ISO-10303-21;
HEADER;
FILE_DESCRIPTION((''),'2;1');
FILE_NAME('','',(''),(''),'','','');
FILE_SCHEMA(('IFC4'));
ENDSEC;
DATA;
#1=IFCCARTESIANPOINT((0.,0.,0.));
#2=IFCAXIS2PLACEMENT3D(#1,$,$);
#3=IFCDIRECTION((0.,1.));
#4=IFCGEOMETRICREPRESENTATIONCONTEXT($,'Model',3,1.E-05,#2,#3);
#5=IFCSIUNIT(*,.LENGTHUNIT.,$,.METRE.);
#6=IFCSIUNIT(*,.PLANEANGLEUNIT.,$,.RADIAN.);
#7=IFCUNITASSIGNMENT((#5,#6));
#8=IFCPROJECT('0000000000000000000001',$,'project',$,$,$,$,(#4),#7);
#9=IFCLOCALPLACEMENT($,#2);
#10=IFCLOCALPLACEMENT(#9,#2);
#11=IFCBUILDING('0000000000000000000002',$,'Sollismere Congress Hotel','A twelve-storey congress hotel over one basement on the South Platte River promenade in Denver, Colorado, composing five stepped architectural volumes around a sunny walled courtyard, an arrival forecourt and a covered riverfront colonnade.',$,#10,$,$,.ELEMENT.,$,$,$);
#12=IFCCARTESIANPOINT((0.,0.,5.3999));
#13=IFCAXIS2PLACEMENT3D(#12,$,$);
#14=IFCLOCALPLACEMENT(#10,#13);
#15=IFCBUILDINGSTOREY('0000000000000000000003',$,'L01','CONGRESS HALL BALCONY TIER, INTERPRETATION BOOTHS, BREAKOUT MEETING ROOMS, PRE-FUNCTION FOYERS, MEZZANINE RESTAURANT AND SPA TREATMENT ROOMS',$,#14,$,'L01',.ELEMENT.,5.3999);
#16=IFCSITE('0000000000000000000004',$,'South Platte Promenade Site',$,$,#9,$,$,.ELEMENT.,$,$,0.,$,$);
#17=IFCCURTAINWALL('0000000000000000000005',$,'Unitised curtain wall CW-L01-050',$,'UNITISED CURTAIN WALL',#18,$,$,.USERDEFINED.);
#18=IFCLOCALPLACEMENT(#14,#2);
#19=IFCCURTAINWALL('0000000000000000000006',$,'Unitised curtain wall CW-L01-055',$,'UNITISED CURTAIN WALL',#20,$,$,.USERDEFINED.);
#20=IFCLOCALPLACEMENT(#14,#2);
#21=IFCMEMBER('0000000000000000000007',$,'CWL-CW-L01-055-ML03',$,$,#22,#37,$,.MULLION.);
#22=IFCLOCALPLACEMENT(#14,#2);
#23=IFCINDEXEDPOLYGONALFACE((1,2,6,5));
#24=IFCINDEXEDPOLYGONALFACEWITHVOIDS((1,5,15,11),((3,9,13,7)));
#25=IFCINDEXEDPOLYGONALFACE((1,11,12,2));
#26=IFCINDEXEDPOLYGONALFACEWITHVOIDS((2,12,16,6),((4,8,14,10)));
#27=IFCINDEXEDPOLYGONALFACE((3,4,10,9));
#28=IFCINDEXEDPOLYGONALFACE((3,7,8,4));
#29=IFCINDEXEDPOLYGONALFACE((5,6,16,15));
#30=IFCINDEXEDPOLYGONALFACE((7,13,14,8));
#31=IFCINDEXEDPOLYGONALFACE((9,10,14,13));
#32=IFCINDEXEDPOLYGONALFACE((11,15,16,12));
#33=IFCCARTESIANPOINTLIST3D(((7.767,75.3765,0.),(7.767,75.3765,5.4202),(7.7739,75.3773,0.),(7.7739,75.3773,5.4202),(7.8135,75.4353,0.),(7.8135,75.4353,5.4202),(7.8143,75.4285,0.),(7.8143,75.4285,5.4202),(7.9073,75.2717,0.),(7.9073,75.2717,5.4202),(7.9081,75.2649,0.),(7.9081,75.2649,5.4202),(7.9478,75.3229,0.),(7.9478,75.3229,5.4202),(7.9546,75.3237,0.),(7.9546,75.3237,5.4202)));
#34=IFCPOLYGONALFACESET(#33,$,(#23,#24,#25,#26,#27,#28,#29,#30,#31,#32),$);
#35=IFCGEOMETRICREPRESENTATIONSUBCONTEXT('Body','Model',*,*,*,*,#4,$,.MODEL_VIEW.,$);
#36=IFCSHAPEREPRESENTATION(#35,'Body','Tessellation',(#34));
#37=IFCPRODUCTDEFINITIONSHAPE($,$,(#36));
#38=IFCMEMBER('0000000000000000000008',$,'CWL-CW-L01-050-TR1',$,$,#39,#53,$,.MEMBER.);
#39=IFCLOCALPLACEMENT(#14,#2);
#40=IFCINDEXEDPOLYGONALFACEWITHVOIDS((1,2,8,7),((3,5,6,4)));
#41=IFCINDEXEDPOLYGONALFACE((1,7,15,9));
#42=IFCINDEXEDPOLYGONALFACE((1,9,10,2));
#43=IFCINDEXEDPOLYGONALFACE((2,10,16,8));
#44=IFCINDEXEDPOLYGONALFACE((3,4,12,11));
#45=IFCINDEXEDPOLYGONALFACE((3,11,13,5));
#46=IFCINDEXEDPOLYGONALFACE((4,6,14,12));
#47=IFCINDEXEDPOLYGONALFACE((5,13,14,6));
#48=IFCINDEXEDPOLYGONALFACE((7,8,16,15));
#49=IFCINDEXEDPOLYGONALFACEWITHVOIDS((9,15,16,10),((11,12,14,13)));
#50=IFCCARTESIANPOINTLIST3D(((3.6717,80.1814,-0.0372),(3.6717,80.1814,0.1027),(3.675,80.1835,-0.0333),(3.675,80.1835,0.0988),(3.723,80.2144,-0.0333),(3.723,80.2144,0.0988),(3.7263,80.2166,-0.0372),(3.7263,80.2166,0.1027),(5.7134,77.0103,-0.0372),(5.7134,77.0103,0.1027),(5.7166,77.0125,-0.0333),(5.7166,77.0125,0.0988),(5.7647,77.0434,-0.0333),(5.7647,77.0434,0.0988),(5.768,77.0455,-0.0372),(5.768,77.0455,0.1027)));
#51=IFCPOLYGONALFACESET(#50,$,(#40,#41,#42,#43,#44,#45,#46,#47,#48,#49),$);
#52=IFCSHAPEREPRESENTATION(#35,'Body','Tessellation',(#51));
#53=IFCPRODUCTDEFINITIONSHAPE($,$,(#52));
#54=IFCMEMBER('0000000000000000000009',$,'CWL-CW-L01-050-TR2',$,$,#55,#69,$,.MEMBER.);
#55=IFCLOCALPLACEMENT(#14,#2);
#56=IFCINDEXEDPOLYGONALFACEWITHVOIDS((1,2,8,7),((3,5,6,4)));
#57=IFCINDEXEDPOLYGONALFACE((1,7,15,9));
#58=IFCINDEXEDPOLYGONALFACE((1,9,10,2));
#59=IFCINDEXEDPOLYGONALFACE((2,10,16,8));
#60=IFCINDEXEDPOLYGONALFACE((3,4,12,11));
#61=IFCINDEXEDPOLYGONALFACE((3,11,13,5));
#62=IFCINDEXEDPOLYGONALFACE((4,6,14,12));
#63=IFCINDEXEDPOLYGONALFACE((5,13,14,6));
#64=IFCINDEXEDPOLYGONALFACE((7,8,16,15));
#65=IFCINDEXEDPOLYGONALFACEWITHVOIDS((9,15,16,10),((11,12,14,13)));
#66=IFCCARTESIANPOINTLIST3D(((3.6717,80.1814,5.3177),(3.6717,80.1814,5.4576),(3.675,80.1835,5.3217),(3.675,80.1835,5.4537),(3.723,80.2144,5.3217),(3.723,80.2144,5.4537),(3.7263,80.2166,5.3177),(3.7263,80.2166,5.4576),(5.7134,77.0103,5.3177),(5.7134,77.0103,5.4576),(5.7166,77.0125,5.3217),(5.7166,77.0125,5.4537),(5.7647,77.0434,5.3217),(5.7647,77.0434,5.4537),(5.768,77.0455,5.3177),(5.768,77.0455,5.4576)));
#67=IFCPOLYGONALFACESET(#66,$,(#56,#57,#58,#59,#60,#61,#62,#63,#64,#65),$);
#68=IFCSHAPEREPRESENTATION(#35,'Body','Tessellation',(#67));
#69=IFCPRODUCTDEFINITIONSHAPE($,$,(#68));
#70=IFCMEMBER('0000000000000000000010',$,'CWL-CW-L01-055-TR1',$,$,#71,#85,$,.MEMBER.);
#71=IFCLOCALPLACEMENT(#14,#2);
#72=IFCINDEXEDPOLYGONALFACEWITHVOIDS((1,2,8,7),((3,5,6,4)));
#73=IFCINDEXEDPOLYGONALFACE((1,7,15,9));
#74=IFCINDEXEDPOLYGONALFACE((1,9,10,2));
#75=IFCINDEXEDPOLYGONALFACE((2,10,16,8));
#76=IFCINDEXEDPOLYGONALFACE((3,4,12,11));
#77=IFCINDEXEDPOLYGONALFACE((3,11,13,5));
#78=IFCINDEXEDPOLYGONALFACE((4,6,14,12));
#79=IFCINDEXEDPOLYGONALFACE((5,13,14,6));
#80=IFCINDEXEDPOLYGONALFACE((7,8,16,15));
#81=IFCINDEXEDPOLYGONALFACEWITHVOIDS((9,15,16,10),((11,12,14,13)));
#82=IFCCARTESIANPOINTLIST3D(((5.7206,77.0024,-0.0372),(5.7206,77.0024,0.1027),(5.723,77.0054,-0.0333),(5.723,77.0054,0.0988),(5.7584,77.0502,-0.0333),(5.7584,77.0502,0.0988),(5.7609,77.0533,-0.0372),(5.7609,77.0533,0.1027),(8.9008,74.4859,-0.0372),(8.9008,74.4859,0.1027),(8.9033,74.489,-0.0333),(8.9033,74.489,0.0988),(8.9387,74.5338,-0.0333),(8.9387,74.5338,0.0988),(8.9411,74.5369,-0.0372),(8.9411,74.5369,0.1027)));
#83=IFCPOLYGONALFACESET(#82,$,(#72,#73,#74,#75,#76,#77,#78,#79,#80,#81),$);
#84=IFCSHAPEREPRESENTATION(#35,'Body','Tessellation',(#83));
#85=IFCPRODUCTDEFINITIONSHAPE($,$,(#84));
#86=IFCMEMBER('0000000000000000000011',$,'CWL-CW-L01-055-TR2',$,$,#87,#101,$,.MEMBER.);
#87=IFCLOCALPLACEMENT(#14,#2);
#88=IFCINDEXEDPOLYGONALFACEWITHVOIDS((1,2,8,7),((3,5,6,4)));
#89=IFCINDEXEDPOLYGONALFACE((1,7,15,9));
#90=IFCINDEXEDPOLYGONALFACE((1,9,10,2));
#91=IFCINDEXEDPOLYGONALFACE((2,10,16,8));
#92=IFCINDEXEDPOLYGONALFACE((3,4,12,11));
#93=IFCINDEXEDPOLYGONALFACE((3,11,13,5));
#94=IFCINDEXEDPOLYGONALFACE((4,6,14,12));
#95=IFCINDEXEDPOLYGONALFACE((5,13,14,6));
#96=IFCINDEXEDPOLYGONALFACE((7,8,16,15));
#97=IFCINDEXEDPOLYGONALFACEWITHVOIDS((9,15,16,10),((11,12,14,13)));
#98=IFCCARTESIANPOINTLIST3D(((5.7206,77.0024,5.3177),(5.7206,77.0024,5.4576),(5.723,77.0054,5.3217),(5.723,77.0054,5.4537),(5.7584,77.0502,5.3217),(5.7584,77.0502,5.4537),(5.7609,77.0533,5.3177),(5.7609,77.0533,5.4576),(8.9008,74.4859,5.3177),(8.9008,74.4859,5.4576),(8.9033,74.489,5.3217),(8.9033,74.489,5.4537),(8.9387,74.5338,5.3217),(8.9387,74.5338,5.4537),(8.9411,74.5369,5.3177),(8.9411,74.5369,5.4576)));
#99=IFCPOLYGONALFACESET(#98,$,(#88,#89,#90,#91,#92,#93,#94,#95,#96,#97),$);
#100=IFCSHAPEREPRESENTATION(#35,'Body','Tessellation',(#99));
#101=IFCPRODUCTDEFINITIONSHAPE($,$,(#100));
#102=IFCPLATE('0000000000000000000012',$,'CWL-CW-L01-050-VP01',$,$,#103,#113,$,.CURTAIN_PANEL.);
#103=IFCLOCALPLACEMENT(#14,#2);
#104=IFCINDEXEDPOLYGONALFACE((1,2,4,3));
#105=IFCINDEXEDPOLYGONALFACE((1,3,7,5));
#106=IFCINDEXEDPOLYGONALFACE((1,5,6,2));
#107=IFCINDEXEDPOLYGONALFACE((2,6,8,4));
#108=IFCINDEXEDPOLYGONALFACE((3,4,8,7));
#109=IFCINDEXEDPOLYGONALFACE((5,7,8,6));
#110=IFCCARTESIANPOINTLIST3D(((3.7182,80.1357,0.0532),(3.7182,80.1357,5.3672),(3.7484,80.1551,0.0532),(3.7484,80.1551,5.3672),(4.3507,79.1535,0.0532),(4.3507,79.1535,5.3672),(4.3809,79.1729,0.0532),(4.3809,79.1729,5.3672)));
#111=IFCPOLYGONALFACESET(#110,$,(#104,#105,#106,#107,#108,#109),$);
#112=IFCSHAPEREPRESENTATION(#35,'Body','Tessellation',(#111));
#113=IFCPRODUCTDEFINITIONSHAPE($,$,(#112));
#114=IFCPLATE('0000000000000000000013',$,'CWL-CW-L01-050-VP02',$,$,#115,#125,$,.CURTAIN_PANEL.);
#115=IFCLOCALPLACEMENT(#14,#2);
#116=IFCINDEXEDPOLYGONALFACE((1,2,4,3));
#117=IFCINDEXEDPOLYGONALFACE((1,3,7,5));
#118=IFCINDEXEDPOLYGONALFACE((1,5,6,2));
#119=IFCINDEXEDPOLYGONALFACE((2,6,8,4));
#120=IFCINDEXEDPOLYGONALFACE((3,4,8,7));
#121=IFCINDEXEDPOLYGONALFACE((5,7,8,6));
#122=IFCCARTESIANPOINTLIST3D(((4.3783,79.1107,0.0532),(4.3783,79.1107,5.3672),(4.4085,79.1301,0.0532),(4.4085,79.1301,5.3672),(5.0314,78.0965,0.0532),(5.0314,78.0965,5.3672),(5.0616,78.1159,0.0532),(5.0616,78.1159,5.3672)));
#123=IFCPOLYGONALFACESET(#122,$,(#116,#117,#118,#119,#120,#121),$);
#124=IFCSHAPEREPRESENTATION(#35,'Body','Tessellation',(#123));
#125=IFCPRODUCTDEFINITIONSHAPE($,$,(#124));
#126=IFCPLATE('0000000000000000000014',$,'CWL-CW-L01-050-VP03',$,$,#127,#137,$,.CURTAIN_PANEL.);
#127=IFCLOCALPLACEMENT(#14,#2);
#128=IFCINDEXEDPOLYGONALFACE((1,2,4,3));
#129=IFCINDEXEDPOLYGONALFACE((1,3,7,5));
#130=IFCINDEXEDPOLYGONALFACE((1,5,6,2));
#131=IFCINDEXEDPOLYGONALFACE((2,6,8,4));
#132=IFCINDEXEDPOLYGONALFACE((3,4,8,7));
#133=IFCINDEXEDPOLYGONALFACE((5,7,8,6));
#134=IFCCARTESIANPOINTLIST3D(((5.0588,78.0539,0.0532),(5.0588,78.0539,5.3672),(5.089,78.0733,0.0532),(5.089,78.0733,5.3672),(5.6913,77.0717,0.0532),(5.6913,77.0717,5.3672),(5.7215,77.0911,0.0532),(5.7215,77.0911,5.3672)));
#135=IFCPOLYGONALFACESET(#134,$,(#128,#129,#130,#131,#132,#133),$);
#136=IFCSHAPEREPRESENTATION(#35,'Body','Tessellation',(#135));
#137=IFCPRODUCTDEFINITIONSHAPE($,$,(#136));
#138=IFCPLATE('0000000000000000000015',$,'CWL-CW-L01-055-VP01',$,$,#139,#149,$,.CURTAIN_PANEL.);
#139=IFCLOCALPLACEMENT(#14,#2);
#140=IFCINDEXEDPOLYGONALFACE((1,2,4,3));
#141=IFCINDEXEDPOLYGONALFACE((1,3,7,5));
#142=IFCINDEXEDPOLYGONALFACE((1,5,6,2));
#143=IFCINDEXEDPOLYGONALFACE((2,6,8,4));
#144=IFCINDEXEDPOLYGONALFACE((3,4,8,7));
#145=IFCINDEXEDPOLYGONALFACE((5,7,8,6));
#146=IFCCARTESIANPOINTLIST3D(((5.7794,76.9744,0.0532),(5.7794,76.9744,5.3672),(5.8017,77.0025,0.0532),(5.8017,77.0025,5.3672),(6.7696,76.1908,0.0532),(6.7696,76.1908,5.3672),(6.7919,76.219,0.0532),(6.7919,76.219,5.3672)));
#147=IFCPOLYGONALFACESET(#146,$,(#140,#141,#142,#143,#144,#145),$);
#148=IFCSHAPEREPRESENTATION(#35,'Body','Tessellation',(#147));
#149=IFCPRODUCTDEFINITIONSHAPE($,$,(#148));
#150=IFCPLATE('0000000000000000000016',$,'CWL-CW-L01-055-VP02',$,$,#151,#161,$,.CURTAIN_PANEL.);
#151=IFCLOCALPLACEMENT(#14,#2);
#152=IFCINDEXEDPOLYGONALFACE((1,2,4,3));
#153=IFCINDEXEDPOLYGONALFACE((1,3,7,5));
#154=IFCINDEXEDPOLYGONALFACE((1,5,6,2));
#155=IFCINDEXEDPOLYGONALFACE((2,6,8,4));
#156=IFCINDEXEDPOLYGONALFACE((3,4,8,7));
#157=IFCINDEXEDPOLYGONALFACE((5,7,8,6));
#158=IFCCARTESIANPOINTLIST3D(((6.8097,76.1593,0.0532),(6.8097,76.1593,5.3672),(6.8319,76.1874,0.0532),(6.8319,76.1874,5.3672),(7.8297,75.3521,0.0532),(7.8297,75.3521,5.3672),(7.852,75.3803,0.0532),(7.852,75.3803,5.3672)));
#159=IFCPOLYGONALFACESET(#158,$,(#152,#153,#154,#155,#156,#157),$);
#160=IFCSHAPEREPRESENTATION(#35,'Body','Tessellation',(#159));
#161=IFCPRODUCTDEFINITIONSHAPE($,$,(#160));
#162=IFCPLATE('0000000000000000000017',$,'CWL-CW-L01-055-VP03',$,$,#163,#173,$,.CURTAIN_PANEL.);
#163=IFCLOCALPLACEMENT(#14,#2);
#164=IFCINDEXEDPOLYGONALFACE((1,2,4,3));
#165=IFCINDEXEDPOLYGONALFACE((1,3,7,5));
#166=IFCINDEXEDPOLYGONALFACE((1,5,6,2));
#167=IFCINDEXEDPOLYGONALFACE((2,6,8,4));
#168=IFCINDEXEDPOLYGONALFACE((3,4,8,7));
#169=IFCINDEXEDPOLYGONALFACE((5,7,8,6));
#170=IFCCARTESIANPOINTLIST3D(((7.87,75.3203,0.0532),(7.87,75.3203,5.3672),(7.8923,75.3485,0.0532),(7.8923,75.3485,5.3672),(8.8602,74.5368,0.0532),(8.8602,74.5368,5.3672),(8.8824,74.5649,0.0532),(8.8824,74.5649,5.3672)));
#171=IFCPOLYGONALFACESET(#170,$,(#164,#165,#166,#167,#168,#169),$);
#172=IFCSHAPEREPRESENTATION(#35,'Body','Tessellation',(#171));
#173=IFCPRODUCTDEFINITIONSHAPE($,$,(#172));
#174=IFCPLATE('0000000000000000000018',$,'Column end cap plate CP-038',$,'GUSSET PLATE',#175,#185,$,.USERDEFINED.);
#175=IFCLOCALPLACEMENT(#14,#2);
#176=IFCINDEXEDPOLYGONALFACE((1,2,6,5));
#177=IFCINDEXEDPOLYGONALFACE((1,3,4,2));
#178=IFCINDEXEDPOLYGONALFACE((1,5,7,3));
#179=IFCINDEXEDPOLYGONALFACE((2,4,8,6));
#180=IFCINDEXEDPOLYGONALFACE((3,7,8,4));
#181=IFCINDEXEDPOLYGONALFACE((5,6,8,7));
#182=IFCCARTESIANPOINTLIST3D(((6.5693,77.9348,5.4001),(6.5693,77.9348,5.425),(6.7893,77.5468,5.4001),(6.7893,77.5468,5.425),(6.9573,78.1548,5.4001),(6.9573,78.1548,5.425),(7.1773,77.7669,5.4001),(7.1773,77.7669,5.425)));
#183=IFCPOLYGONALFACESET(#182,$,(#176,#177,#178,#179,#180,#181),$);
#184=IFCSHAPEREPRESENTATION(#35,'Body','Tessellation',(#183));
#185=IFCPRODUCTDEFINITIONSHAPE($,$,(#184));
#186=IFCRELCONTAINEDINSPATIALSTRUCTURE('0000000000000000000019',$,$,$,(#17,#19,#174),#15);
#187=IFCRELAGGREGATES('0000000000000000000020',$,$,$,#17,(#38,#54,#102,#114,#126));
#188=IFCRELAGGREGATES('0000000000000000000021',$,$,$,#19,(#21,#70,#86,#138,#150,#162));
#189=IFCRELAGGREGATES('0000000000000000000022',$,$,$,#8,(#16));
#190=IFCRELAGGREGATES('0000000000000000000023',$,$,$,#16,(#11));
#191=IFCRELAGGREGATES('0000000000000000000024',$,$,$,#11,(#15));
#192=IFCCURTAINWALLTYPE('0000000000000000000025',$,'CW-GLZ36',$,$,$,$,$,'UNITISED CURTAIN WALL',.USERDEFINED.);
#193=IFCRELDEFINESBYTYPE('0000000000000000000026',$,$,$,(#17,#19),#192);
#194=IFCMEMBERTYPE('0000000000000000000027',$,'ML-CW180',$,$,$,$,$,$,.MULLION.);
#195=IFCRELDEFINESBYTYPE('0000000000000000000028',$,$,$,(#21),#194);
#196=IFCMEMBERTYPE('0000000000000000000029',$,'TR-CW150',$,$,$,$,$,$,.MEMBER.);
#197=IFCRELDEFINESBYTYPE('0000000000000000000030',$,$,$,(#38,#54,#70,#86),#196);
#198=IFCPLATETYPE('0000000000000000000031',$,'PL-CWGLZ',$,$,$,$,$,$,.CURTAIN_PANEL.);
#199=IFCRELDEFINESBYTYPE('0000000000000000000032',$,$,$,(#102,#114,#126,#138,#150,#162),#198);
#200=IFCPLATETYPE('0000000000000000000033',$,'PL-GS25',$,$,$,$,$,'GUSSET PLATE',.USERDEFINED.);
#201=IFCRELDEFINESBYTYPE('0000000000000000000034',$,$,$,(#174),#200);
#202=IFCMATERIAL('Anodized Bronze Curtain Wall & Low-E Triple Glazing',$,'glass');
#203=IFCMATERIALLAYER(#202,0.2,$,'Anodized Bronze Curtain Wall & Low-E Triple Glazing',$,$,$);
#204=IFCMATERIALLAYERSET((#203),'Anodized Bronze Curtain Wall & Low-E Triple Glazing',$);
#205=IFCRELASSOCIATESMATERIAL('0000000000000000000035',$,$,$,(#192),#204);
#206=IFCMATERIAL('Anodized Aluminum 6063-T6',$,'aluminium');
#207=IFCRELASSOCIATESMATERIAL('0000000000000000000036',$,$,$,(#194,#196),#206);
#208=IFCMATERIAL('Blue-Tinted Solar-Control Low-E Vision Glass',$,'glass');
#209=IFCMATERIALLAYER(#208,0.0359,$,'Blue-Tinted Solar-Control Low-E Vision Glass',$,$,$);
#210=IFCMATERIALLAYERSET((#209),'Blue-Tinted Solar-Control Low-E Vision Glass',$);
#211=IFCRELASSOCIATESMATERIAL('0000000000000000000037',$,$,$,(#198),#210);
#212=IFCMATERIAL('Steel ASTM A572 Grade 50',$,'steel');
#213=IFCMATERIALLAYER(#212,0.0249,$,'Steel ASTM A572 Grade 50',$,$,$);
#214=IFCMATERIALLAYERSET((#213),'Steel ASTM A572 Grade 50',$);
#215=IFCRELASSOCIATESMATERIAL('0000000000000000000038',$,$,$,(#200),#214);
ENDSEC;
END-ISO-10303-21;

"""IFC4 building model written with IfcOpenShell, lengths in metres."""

from ifc_helpers import new_model, si_unit, direction, frame, origin, origin_2d, place, context, subcontext, project, spatial, rectangle, hollow_rectangle, extrude, material, layer, layer_set, material_profile, profile_set, type_object, element, aggregate, save


model = new_model("IFC4")

# Units and contexts
model_context = context("Model", 3, precision=1e-05, world=origin(), true_north=direction((0.0, 1.0)))
body_context = subcontext(model_context, "Body", "Model", "MODEL_VIEW")
ifc_project = project(units=[si_unit("LENGTHUNIT", "METRE"), si_unit("PLANEANGLEUNIT", "RADIAN")], contexts=[model_context])

# Site, building, storey
site_placement = place(None, origin())
site = spatial("IfcSite", under=ifc_project, at=site_placement, Name="South Platte Promenade Site", CompositionType="ELEMENT", RefElevation=0.0)
building_placement = place(site_placement, origin())
building = spatial("IfcBuilding", under=site, at=building_placement, Name="Sollismere Congress Hotel", Description="A twelve-storey congress hotel over one basement on the South Platte River promenade in Denver, Colorado, composing five stepped architectural volumes around a sunny walled courtyard, an arrival forecourt and a covered riverfront colonnade.", CompositionType="ELEMENT")
storey_placement = place(building_placement, frame((0.0, 0.0, 5.3999)))
storey = spatial("IfcBuildingStorey", under=building, at=storey_placement, Name="L01", Description="CONGRESS HALL BALCONY TIER, INTERPRETATION BOOTHS, BREAKOUT MEETING ROOMS, PRE-FUNCTION FOYERS, MEZZANINE RESTAURANT AND SPA TREATMENT ROOMS", LongName="L01", CompositionType="ELEMENT", Elevation=5.3999)

# Curtain walls, member
ifc_material_1 = material(Name="Anodized Bronze Curtain Wall & Low-E Triple Glazing", Category="glass")
ifc_layer_1 = layer(ifc_material_1, 0.2, Name="Anodized Bronze Curtain Wall & Low-E Triple Glazing")
ifc_layer_set_1 = layer_set([ifc_layer_1], Name="Anodized Bronze Curtain Wall & Low-E Triple Glazing")
curtain_wall_type = type_object("IfcCurtainWallType", Name="CW-GLZ36", ElementType="UNITISED CURTAIN WALL", PredefinedType="USERDEFINED", material=ifc_layer_set_1)
curtain_wall_1_placement = place(storey_placement, origin())
curtain_wall_1 = element("IfcCurtainWall", 1, at=curtain_wall_1_placement, inside=storey, type_object=curtain_wall_type, Name="Unitised curtain wall CW-L01-050", ObjectType="UNITISED CURTAIN WALL", PredefinedType="USERDEFINED")
ifc_material_2 = material(Name="Anodized Aluminum 6063-T6", Category="aluminium")
ifc_material_profile_1 = material_profile(ifc_material_2, hollow_rectangle(XDim=0.075, YDim=0.1799, WallThickness=0.0049, at=origin_2d()), Name="ALU180X75X5")
ifc_profile_set_1 = profile_set([ifc_material_profile_1], Name="Anodized Aluminum 6063-T6")
member_type_1 = type_object("IfcMemberType", Name="ML-CW180", PredefinedType="MULLION", material=ifc_profile_set_1)
curtain_wall_2_placement = place(storey_placement, origin())
curtain_wall_2 = element("IfcCurtainWall", 2, at=curtain_wall_2_placement, inside=storey, type_object=curtain_wall_type, Name="Unitised curtain wall CW-L01-055", ObjectType="UNITISED CURTAIN WALL", PredefinedType="USERDEFINED")
member_1_placement = place(storey_placement, frame((7.8608, 75.3501, 0.0), z_axis=(0.0, 0.0, 1.0), x_axis=(0.620532, 0.784181, 0.0)))
member_1 = element("IfcMember", 3, at=member_1_placement, type_object=member_type_1, Name="CWL-CW-L01-055-ML03", PredefinedType="MULLION", context=body_context, shape_type="SweptSolid", body=[
    extrude(hollow_rectangle(XDim=0.075, YDim=0.1799, WallThickness=0.0049, at=origin_2d()), origin(), (0.0, 0.0, 1.0), 5.4202),
])

# Members
ifc_material_profile_2 = material_profile(ifc_material_2, hollow_rectangle(XDim=0.0649, YDim=0.1399, WallThickness=0.0039, at=origin_2d()), Name="ALU140X65X4")
ifc_profile_set_2 = profile_set([ifc_material_profile_2], Name="Anodized Aluminum 6063-T6")
member_type_2 = type_object("IfcMemberType", Name="TR-CW150", PredefinedType="MEMBER", material=ifc_profile_set_2)
member_2_placement = place(storey_placement, frame((3.699, 80.199, 0.0327), z_axis=(0.54135, -0.840798, 0.0), x_axis=(0.840798, 0.54135, 0.0)))
member_2 = element("IfcMember", 4, at=member_2_placement, type_object=member_type_2, Name="CWL-CW-L01-050-TR1", PredefinedType="MEMBER", context=body_context, shape_type="SweptSolid", body=[
    extrude(hollow_rectangle(XDim=0.0649, YDim=0.1399, WallThickness=0.0039, at=origin_2d()), origin(), (0.0, 0.0, 1.0), 3.7715),
])
member_3_placement = place(storey_placement, frame((3.699, 80.199, 5.3877), z_axis=(0.54135, -0.840798, 0.0), x_axis=(0.840798, 0.54135, 0.0)))
member_3 = element("IfcMember", 5, at=member_3_placement, type_object=member_type_2, Name="CWL-CW-L01-050-TR2", PredefinedType="MEMBER", context=body_context, shape_type="SweptSolid", body=[
    extrude(hollow_rectangle(XDim=0.0649, YDim=0.1399, WallThickness=0.0039, at=origin_2d()), origin(), (0.0, 0.0, 1.0), 3.7715),
])
member_4_placement = place(storey_placement, frame((5.7407, 77.0278, 0.0327), z_axis=(0.7842, -0.620509, 0.0), x_axis=(0.620509, 0.7842, 0.0)))
member_4 = element("IfcMember", 6, at=member_4_placement, type_object=member_type_2, Name="CWL-CW-L01-055-TR1", PredefinedType="MEMBER", context=body_context, shape_type="SweptSolid", body=[
    extrude(hollow_rectangle(XDim=0.0649, YDim=0.1399, WallThickness=0.0039, at=origin_2d()), origin(), (0.0, 0.0, 1.0), 4.0554),
])
member_5_placement = place(storey_placement, frame((5.7407, 77.0278, 5.3877), z_axis=(0.7842, -0.620509, 0.0), x_axis=(0.620509, 0.7842, 0.0)))
member_5 = element("IfcMember", 7, at=member_5_placement, type_object=member_type_2, Name="CWL-CW-L01-055-TR2", PredefinedType="MEMBER", context=body_context, shape_type="SweptSolid", body=[
    extrude(hollow_rectangle(XDim=0.0649, YDim=0.1399, WallThickness=0.0039, at=origin_2d()), origin(), (0.0, 0.0, 1.0), 4.0554),
])

# Plates
ifc_material_3 = material(Name="Blue-Tinted Solar-Control Low-E Vision Glass", Category="glass")
ifc_layer_2 = layer(ifc_material_3, 0.0359, Name="Blue-Tinted Solar-Control Low-E Vision Glass")
ifc_layer_set_2 = layer_set([ifc_layer_2], Name="Blue-Tinted Solar-Control Low-E Vision Glass")
plate_type_1 = type_object("IfcPlateType", Name="PL-CWGLZ", PredefinedType="CURTAIN_PANEL", material=ifc_layer_set_2)
plate_1_placement = place(storey_placement, frame((4.0496, 79.6543, 0.0532), z_axis=(0.0, 0.0, 1.0), x_axis=(0.541385, -0.840775, 0.0)))
plate_1 = element("IfcPlate", 8, at=plate_1_placement, type_object=plate_type_1, Name="CWL-CW-L01-050-VP01", PredefinedType="CURTAIN_PANEL", context=body_context, shape_type="SweptSolid", body=[
    extrude(rectangle(XDim=1.1682, YDim=0.0359, at=origin_2d()), origin(), (0.0, 0.0, 1.0), 5.314),
])
plate_2_placement = place(storey_placement, frame((4.72, 78.6133, 0.0532), z_axis=(0.0, 0.0, 1.0), x_axis=(0.541385, -0.840775, 0.0)))
plate_2 = element("IfcPlate", 9, at=plate_2_placement, type_object=plate_type_1, Name="CWL-CW-L01-050-VP02", PredefinedType="CURTAIN_PANEL", context=body_context, shape_type="SweptSolid", body=[
    extrude(rectangle(XDim=1.2063, YDim=0.0359, at=origin_2d()), origin(), (0.0, 0.0, 1.0), 5.314),
])
plate_3_placement = place(storey_placement, frame((5.3901, 77.5725, 0.0532), z_axis=(0.0, 0.0, 1.0), x_axis=(0.541385, -0.840775, 0.0)))
plate_3 = element("IfcPlate", 10, at=plate_3_placement, type_object=plate_type_1, Name="CWL-CW-L01-050-VP03", PredefinedType="CURTAIN_PANEL", context=body_context, shape_type="SweptSolid", body=[
    extrude(rectangle(XDim=1.1682, YDim=0.0359, at=origin_2d()), origin(), (0.0, 0.0, 1.0), 5.314),
])
aggregate(curtain_wall_1, [member_2, member_3, plate_1, plate_2, plate_3])
plate_4_placement = place(storey_placement, frame((6.2856, 76.5967, 0.0532), z_axis=(0.0, 0.0, 1.0), x_axis=(0.784181, -0.620532, 0.0)))
plate_4 = element("IfcPlate", 11, at=plate_4_placement, type_object=plate_type_1, Name="CWL-CW-L01-055-VP01", PredefinedType="CURTAIN_PANEL", context=body_context, shape_type="SweptSolid", body=[
    extrude(rectangle(XDim=1.2627, YDim=0.0359, at=origin_2d()), origin(), (0.0, 0.0, 1.0), 5.314),
])
plate_5_placement = place(storey_placement, frame((7.3308, 75.7698, 0.0532), z_axis=(0.0, 0.0, 1.0), x_axis=(0.784181, -0.620532, 0.0)))
plate_5 = element("IfcPlate", 12, at=plate_5_placement, type_object=plate_type_1, Name="CWL-CW-L01-055-VP02", PredefinedType="CURTAIN_PANEL", context=body_context, shape_type="SweptSolid", body=[
    extrude(rectangle(XDim=1.3008, YDim=0.0359, at=origin_2d()), origin(), (0.0, 0.0, 1.0), 5.314),
])
plate_6_placement = place(storey_placement, frame((8.3762, 74.9426, 0.0532), z_axis=(0.0, 0.0, 1.0), x_axis=(0.784181, -0.620532, 0.0)))
plate_6 = element("IfcPlate", 13, at=plate_6_placement, type_object=plate_type_1, Name="CWL-CW-L01-055-VP03", PredefinedType="CURTAIN_PANEL", context=body_context, shape_type="SweptSolid", body=[
    extrude(rectangle(XDim=1.2627, YDim=0.0359, at=origin_2d()), origin(), (0.0, 0.0, 1.0), 5.314),
])
aggregate(curtain_wall_2, [member_1, member_4, member_5, plate_4, plate_5, plate_6])
ifc_material_4 = material(Name="Steel ASTM A572 Grade 50", Category="steel")
ifc_layer_3 = layer(ifc_material_4, 0.0249, Name="Steel ASTM A572 Grade 50")
ifc_layer_set_3 = layer_set([ifc_layer_3], Name="Steel ASTM A572 Grade 50")
plate_type_2 = type_object("IfcPlateType", Name="PL-GS25", ElementType="GUSSET PLATE", PredefinedType="USERDEFINED", material=ifc_layer_set_3)
plate_7_placement = place(storey_placement, frame((6.8733, 77.8508, 5.4001), z_axis=(0.0, 0.0, 1.0), x_axis=(-0.86984, -0.493335, 0.0)))
element("IfcPlate", 14, at=plate_7_placement, inside=storey, type_object=plate_type_2, Name="Column end cap plate CP-038", ObjectType="GUSSET PLATE", PredefinedType="USERDEFINED", context=body_context, shape_type="SweptSolid", body=[
    extrude(rectangle(XDim=0.446, YDim=0.446, at=origin_2d()), origin(), (0.0, 0.0, 1.0), 0.0249),
])

save(model, "model.ifc")
